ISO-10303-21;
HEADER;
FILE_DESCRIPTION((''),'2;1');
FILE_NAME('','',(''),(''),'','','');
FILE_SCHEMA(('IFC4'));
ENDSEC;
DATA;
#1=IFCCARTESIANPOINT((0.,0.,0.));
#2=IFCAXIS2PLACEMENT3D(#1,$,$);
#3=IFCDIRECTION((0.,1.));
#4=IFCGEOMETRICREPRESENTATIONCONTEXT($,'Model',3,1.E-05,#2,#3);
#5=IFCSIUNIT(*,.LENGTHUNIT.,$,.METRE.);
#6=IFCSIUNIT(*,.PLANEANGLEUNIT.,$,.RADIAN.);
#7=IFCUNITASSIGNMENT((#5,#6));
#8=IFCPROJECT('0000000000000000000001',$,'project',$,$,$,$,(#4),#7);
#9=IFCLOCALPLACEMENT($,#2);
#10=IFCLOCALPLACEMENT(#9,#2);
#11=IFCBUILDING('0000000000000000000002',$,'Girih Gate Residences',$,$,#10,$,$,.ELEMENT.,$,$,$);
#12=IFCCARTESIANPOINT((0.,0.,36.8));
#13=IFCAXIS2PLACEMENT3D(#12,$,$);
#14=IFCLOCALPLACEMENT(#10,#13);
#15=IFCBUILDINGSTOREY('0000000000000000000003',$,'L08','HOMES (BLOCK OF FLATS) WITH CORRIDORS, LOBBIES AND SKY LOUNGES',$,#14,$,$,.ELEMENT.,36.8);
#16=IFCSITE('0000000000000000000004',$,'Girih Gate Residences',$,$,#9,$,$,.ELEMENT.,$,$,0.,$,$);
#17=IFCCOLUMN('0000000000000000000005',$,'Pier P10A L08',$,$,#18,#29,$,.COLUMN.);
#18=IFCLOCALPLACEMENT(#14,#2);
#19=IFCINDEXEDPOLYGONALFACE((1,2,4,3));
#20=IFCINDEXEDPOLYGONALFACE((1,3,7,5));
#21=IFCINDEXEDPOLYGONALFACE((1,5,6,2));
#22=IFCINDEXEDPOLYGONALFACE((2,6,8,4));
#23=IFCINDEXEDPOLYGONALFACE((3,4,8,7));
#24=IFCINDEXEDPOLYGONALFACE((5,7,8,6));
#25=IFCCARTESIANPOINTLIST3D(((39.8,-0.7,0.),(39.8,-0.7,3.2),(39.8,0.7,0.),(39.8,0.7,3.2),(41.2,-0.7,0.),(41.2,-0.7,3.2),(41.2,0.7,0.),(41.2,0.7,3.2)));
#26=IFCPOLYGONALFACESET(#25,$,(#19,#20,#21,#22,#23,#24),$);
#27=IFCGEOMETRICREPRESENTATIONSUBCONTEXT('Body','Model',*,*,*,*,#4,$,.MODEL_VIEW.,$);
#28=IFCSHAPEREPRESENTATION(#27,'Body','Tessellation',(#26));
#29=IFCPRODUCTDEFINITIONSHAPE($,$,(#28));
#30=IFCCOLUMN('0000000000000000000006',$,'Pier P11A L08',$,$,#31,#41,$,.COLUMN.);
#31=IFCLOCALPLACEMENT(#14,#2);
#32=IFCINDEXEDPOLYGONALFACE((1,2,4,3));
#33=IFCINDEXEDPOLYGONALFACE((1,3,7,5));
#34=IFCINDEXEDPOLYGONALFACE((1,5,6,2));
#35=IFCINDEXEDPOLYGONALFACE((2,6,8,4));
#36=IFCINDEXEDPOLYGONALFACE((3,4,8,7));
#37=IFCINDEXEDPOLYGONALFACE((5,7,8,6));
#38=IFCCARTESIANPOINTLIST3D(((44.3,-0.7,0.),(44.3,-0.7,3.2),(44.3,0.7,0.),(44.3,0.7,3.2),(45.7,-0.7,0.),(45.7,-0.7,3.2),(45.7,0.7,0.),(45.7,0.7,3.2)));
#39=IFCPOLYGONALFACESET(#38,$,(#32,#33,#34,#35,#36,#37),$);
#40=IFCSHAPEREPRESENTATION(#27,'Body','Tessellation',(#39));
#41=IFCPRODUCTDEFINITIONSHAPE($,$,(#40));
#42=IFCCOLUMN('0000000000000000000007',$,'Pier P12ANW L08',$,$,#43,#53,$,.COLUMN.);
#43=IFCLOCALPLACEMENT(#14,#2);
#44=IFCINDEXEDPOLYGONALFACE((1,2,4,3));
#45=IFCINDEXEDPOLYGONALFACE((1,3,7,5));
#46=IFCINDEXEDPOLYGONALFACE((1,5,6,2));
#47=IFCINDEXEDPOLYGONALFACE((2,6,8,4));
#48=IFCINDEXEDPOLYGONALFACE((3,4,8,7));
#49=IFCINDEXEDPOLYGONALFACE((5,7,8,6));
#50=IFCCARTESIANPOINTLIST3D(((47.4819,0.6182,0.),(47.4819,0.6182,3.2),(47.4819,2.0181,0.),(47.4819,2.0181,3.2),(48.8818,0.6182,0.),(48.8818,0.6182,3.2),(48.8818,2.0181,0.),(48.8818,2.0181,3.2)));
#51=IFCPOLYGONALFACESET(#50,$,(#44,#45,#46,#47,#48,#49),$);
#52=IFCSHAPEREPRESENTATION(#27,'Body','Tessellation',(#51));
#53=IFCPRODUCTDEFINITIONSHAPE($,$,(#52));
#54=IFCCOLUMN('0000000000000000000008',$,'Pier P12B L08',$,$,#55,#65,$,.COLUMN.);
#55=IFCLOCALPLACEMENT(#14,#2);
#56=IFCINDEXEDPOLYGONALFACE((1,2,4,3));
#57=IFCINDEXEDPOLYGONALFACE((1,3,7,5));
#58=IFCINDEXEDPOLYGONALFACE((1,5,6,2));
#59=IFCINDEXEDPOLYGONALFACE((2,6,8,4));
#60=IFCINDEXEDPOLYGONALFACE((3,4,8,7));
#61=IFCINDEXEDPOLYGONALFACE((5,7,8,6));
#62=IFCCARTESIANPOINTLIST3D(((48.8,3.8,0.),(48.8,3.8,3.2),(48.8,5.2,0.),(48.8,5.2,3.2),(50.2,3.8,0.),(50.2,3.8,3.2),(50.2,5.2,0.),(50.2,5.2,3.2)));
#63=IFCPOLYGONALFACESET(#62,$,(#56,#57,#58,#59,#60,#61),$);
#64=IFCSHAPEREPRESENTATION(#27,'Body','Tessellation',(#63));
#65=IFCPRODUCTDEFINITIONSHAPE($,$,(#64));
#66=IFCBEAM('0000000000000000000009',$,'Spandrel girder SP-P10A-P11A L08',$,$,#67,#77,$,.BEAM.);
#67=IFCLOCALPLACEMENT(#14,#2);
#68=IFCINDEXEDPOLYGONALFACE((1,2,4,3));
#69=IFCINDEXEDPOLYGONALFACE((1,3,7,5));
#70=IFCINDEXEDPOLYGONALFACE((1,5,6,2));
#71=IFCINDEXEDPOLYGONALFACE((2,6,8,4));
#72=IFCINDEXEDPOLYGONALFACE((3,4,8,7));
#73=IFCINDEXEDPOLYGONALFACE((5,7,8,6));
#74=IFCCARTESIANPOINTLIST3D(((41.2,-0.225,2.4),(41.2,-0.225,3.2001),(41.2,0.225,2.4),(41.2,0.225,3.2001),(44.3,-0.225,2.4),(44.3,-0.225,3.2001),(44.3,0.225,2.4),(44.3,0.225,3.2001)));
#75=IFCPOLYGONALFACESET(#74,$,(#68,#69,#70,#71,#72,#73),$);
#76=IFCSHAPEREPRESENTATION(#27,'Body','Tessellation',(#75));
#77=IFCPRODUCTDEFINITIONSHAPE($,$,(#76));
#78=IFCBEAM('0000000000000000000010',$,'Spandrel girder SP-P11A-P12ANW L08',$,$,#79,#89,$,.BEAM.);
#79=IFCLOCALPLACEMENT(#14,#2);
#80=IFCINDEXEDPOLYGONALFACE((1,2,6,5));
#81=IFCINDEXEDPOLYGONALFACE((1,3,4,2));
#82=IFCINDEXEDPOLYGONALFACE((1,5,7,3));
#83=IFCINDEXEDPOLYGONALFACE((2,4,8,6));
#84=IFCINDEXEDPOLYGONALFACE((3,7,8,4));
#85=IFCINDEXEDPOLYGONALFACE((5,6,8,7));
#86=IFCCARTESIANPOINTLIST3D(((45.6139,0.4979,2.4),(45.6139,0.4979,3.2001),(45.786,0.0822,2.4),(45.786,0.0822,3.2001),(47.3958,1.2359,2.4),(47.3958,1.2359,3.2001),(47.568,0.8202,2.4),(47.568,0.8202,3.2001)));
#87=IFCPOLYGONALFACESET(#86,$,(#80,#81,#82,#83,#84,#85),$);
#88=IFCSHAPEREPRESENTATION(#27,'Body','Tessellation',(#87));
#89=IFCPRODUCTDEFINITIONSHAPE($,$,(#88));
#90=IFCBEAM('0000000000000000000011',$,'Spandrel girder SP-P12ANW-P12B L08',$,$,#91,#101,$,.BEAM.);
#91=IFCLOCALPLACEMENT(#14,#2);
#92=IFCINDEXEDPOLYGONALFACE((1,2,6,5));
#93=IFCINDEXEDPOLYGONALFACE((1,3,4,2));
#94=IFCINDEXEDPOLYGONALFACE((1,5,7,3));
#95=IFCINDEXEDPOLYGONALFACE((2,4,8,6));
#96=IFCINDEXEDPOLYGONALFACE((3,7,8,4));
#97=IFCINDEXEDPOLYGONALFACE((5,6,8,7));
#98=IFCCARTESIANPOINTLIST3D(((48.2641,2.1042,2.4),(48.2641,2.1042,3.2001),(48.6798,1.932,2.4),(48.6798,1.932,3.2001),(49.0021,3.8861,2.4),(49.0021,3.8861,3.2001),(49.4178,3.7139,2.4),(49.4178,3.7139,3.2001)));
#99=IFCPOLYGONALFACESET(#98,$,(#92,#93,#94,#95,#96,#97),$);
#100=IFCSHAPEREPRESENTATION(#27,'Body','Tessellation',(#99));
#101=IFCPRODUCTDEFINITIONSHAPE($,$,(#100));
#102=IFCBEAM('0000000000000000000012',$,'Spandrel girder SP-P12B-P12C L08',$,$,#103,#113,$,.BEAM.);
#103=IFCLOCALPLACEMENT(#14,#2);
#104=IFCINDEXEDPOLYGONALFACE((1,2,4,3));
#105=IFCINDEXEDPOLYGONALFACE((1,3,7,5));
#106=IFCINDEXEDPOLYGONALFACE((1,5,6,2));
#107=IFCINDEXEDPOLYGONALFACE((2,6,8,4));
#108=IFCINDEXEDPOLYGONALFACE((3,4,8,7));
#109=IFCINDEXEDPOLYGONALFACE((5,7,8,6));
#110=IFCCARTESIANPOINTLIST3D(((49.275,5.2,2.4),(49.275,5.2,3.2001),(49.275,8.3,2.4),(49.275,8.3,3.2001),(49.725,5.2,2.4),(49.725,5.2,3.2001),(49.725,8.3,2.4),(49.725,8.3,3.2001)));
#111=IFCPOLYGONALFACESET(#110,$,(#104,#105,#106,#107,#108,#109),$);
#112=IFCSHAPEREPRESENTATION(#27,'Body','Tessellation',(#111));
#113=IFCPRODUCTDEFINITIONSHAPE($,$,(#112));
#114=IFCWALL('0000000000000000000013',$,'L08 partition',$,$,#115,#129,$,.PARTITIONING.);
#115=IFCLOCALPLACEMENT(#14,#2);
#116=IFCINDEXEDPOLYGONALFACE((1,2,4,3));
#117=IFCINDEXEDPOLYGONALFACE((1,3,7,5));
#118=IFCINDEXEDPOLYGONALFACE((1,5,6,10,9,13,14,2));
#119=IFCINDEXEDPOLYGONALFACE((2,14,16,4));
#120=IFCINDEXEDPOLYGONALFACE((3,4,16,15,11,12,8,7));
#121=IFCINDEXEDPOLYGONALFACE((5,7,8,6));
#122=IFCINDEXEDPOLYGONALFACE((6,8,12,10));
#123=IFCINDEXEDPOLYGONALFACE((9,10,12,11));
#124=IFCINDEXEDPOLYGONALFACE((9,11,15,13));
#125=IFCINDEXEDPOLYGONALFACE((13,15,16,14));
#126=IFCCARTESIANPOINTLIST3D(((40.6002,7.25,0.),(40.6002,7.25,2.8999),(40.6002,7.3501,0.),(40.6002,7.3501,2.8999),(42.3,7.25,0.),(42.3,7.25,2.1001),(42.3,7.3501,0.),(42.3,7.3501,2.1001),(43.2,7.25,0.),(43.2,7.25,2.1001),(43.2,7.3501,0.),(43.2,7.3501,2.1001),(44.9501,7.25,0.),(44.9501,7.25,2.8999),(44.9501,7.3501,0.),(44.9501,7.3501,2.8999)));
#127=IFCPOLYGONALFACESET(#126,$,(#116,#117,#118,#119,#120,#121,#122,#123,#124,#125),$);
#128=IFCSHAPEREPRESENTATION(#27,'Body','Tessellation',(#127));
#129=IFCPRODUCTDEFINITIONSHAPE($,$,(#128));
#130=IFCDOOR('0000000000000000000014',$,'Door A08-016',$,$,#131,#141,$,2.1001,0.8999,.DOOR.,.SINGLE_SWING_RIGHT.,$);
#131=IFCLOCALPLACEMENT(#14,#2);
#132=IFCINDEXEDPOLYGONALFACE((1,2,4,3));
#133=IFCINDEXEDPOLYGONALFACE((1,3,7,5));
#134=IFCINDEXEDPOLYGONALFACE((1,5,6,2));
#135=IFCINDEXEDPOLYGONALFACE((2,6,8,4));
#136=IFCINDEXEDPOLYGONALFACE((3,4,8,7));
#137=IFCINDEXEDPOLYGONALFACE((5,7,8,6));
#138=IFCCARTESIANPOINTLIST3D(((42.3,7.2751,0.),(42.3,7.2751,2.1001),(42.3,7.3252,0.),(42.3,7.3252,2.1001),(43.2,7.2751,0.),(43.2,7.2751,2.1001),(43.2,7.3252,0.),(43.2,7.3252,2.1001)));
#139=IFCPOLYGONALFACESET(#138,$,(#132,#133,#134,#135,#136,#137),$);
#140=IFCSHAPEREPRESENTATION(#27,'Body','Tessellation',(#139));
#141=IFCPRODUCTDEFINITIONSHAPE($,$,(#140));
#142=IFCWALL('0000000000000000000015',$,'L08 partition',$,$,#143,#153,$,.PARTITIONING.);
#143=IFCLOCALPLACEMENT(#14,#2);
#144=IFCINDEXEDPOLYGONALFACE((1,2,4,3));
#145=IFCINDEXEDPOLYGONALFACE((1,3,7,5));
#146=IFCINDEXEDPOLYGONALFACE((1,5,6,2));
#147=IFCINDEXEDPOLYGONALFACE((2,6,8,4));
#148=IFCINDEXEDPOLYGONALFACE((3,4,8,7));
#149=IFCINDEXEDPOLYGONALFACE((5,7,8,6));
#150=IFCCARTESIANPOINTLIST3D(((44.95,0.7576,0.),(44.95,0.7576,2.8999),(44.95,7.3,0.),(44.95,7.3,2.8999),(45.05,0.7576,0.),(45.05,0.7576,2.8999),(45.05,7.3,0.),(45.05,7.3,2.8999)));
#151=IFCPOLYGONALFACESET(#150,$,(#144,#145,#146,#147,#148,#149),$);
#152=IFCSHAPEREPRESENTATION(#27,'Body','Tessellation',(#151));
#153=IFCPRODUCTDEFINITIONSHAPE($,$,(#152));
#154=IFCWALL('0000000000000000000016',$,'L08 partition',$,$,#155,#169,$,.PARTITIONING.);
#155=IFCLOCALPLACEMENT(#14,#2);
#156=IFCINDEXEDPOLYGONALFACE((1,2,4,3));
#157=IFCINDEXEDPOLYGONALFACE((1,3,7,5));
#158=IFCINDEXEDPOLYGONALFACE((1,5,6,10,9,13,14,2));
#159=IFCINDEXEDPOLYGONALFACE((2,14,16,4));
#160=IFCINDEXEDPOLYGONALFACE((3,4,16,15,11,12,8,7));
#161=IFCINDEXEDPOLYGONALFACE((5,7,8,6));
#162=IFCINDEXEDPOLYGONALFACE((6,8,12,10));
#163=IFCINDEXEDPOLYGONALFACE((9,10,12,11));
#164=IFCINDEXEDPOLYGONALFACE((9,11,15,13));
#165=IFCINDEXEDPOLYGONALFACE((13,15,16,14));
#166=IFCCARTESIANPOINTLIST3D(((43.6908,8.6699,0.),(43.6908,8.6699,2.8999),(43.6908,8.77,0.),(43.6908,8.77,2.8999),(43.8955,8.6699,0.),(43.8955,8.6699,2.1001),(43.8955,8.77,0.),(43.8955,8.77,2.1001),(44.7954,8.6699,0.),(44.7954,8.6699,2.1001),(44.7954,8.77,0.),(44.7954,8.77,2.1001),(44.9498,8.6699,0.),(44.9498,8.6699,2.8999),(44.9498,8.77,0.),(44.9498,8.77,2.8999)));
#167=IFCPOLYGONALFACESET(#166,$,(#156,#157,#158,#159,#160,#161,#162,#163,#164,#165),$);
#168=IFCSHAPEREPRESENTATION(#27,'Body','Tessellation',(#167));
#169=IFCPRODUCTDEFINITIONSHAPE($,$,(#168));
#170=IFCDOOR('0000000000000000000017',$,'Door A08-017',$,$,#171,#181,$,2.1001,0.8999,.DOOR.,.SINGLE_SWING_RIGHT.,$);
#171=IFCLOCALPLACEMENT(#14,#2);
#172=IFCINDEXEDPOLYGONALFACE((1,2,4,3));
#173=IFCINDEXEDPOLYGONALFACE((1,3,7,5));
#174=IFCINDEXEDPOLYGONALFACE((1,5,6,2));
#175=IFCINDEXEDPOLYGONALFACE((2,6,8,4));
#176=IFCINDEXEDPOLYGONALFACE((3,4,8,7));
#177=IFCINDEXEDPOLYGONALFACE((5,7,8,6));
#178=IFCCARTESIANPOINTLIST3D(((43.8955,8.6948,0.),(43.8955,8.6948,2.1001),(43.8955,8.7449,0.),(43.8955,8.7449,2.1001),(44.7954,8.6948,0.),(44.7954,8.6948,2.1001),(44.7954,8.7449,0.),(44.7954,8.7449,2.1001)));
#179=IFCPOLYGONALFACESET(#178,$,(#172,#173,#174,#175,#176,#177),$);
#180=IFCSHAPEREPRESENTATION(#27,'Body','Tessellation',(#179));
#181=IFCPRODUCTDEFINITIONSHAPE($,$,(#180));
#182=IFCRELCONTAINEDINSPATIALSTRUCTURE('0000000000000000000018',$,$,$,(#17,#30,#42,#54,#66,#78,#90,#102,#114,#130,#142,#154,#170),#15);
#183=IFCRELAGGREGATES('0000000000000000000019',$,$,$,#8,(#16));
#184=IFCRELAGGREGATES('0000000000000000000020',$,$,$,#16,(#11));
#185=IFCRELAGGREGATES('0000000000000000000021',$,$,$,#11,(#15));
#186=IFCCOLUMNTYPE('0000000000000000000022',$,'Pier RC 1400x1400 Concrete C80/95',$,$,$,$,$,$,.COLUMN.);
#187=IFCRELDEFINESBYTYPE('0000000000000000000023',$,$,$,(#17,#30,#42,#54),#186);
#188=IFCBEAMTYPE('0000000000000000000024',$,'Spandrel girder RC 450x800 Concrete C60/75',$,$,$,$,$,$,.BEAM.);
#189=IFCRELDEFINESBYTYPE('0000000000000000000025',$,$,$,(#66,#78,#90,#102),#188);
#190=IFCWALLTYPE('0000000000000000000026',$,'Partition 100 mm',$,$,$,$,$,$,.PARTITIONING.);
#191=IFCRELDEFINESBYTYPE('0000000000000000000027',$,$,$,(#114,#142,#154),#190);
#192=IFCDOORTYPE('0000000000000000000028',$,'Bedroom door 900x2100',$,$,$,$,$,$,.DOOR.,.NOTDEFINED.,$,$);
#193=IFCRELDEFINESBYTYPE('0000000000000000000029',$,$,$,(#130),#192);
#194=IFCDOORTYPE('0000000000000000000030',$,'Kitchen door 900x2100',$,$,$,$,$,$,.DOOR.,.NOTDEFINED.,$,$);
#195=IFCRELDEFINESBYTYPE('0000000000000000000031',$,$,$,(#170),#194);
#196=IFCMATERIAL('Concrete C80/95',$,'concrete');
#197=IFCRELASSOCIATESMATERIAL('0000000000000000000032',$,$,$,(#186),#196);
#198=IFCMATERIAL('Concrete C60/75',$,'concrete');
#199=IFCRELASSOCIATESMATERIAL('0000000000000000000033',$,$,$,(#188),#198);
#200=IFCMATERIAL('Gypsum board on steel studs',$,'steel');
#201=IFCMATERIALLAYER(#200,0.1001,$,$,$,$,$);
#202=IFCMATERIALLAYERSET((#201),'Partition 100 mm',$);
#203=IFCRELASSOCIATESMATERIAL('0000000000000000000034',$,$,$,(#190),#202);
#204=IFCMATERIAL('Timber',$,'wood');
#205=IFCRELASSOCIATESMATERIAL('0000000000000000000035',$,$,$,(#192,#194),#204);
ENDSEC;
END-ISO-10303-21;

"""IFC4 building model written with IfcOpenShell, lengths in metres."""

from ifc_helpers import new_model, si_unit, direction, frame, frame_2d, origin, origin_2d, place, context, subcontext, project, spatial, rectangle, extrude, material, layer, layer_set, material_profile, profile_set, type_object, element, fill, save


model = new_model("IFC4")

# Units and contexts
model_context = context("Model", 3, precision=1e-05, world=origin(), true_north=direction((0.0, 1.0)))
body_context = subcontext(model_context, "Body", "Model", "MODEL_VIEW")
ifc_project = project(units=[si_unit("LENGTHUNIT", "METRE"), si_unit("PLANEANGLEUNIT", "RADIAN")], contexts=[model_context])

# Site, building, storey
site_placement = place(None, origin())
site = spatial("IfcSite", under=ifc_project, at=site_placement, Name="Girih Gate Residences", CompositionType="ELEMENT", RefElevation=0.0)
building_placement = place(site_placement, origin())
building = spatial("IfcBuilding", under=site, at=building_placement, Name="Girih Gate Residences", CompositionType="ELEMENT")
storey_placement = place(building_placement, frame((0.0, 0.0, 36.8)))
storey = spatial("IfcBuildingStorey", under=building, at=storey_placement, Name="L08", Description="HOMES (BLOCK OF FLATS) WITH CORRIDORS, LOBBIES AND SKY LOUNGES", CompositionType="ELEMENT", Elevation=36.8)

# Columns
ifc_material_1 = material(Name="Concrete C80/95", Category="concrete")
ifc_material_profile_1 = material_profile(ifc_material_1, rectangle(XDim=1.3999, YDim=1.3999, at=origin_2d()))
ifc_profile_set_1 = profile_set([ifc_material_profile_1], Name="Concrete C80/95")
column_type = type_object("IfcColumnType", Name="Pier RC 1400x1400 Concrete C80/95", PredefinedType="COLUMN", material=ifc_profile_set_1)
for number, where, z_axis, x_axis, name in (
    (1, (40.5, 0.0, 0.0), (0.0, 0.0, 1.0), (1.0, 0.0, 0.0), "Pier P10A L08"),
    (2, (45.0, 0.0, 0.0), (0.0, 0.0, 1.0), (1.0, 0.0, 0.0), "Pier P11A L08"),
    (3, (48.1819, 1.3181, 0.0), (0.0, 0.0, 1.0), (1.0, 0.0, 0.0), "Pier P12ANW L08"),
    (4, (49.5, 4.5, 0.0), (0.0, 0.0, 1.0), (1.0, 0.0, 0.0), "Pier P12B L08"),
):
    element("IfcColumn", number, at=place(storey_placement, frame(where, z_axis=z_axis, x_axis=x_axis)), inside=storey, type_object=column_type, Name=name, PredefinedType="COLUMN", context=body_context, shape_type="SweptSolid", body=[
        extrude(rectangle(XDim=1.3999, YDim=1.3999, at=origin_2d()), origin(), (0.0, 0.0, 1.0), 3.2),
    ])

# Beams
ifc_material_2 = material(Name="Concrete C60/75", Category="concrete")
ifc_material_profile_2 = material_profile(ifc_material_2, rectangle(XDim=0.45, YDim=0.8, at=origin_2d()))
ifc_profile_set_2 = profile_set([ifc_material_profile_2], Name="Concrete C60/75")
beam_type = type_object("IfcBeamType", Name="Spandrel girder RC 450x800 Concrete C60/75", PredefinedType="BEAM", material=ifc_profile_set_2)
beam_1_placement = place(storey_placement, frame((41.2, 0.0, 2.8), z_axis=(1.0, 0.0, 0.0), x_axis=(0.0, 1.0, 0.0)))
element("IfcBeam", 5, at=beam_1_placement, inside=storey, type_object=beam_type, Name="Spandrel girder SP-P10A-P11A L08", PredefinedType="BEAM", context=body_context, shape_type="SweptSolid", body=[
    extrude(rectangle(XDim=0.45, YDim=0.8, at=origin_2d()), origin(), (0.0, 0.0, 1.0), 3.1001),
])
for number, where, z_axis, x_axis, name in (
    (6, (45.7, 0.29, 2.8), (0.923895, 0.382646, 0.0), (-0.382646, 0.923895, 0.0), "Spandrel girder SP-P11A-P12ANW L08"),
    (7, (48.4719, 2.0181, 2.8), (0.382646, 0.923895, 0.0), (-0.923895, 0.382646, 0.0), "Spandrel girder SP-P12ANW-P12B L08"),
):
    element("IfcBeam", number, at=place(storey_placement, frame(where, z_axis=z_axis, x_axis=x_axis)), inside=storey, type_object=beam_type, Name=name, PredefinedType="BEAM", context=body_context, shape_type="SweptSolid", body=[
        extrude(rectangle(XDim=0.45, YDim=0.8, at=origin_2d()), origin(), (0.0, 0.0, 1.0), 1.9287),
    ])
beam_2_placement = place(storey_placement, frame((49.5, 5.2, 2.8), z_axis=(0.0, 1.0, 0.0), x_axis=(-1.0, 0.0, 0.0)))
element("IfcBeam", 8, at=beam_2_placement, inside=storey, type_object=beam_type, Name="Spandrel girder SP-P12B-P12C L08", PredefinedType="BEAM", context=body_context, shape_type="SweptSolid", body=[
    extrude(rectangle(XDim=0.45, YDim=0.8, at=origin_2d()), origin(), (0.0, 0.0, 1.0), 3.1001),
])

# Wall, opening, door
ifc_material_3 = material(Name="Gypsum board on steel studs", Category="steel")
ifc_layer_1 = layer(ifc_material_3, 0.1001)
ifc_layer_set_1 = layer_set([ifc_layer_1], Name="Partition 100 mm")
wall_type_1 = type_object("IfcWallType", Name="Partition 100 mm", PredefinedType="PARTITIONING", material=ifc_layer_set_1)
wall_1_placement = place(storey_placement, frame((44.95, 7.3, 0.0), z_axis=(0.0, 0.0, 1.0), x_axis=(-1.0, 0.0, 0.0)))
wall_1 = element("IfcWall", 9, at=wall_1_placement, inside=storey, type_object=wall_type_1, Name="L08 partition", PredefinedType="PARTITIONING", context=body_context, shape_type="SweptSolid", body=[
    extrude(rectangle(XDim=4.3499, YDim=0.1001, at=frame_2d((2.1748, 0.0))), origin(), (0.0, 0.0, 1.0), 2.8999),
])
opening_1_placement = place(wall_1_placement, frame((1.75, 0.0, 0.0)))
opening_1 = element("IfcOpeningElement", 10, at=opening_1_placement, cuts=wall_1, PredefinedType="OPENING", context=body_context, shape_type="SweptSolid", body=[
    extrude(rectangle(XDim=0.8999, YDim=2.1001, at=frame_2d((0.45, 1.05))), frame((0.0, 0.0601, 0.0), z_axis=(0.0, -1.0, 0.0), x_axis=(1.0, 0.0, 0.0)), (0.0, 0.0, 1.0), 0.1201),
])
ifc_material_4 = material(Name="Timber", Category="wood")
door_type_1 = type_object("IfcDoorType", Name="Bedroom door 900x2100", OperationType="NOTDEFINED", PredefinedType="DOOR", material=ifc_material_4)
door_1_placement = place(opening_1_placement, origin())
door_1 = element("IfcDoor", 11, at=door_1_placement, inside=storey, type_object=door_type_1, Name="Door A08-016", OperationType="SINGLE_SWING_RIGHT", OverallHeight=2.1001, OverallWidth=0.8999, PredefinedType="DOOR", context=body_context, shape_type="SweptSolid", body=[
    extrude(rectangle(XDim=0.8999, YDim=2.1001, at=frame_2d((0.45, 1.05))), frame((0.0, 0.0249, 0.0), z_axis=(0.0, -1.0, 0.0), x_axis=(1.0, 0.0, 0.0)), (0.0, 0.0, 1.0), 0.05),
])
fill(opening_1, door_1)

# Wall
wall_2_placement = place(storey_placement, frame((45.0, 0.7576, 0.0), z_axis=(0.0, 0.0, 1.0), x_axis=(0.0, 1.0, 0.0)))
element("IfcWall", 12, at=wall_2_placement, inside=storey, type_object=wall_type_1, Name="L08 partition", PredefinedType="PARTITIONING", context=body_context, shape_type="SweptSolid", body=[
    extrude(rectangle(XDim=6.5425, YDim=0.1001, at=frame_2d((3.2712, 0.0))), origin(), (0.0, 0.0, 1.0), 2.8999),
])

# Wall, opening, door
wall_3_placement = place(storey_placement, frame((43.6909, 8.72, 0.0), z_axis=(0.0, 0.0, 1.0), x_axis=(1.0, 0.0, 0.0)))
wall_3 = element("IfcWall", 13, at=wall_3_placement, inside=storey, type_object=wall_type_1, Name="L08 partition", PredefinedType="PARTITIONING", context=body_context, shape_type="SweptSolid", body=[
    extrude(rectangle(XDim=1.259, YDim=0.1001, at=frame_2d((0.6294, 0.0))), origin(), (0.0, 0.0, 1.0), 2.8999),
])
opening_2_placement = place(wall_3_placement, frame((0.2046, 0.0, 0.0)))
opening_2 = element("IfcOpeningElement", 14, at=opening_2_placement, cuts=wall_3, PredefinedType="OPENING", context=body_context, shape_type="SweptSolid", body=[
    extrude(rectangle(XDim=0.8999, YDim=2.1001, at=frame_2d((0.45, 1.05))), frame((0.0, 0.0601, 0.0), z_axis=(0.0, -1.0, 0.0), x_axis=(1.0, 0.0, 0.0)), (0.0, 0.0, 1.0), 0.1201),
])
door_type_2 = type_object("IfcDoorType", Name="Kitchen door 900x2100", OperationType="NOTDEFINED", PredefinedType="DOOR", material=ifc_material_4)
door_2_placement = place(opening_2_placement, origin())
door_2 = element("IfcDoor", 15, at=door_2_placement, inside=storey, type_object=door_type_2, Name="Door A08-017", OperationType="SINGLE_SWING_RIGHT", OverallHeight=2.1001, OverallWidth=0.8999, PredefinedType="DOOR", context=body_context, shape_type="SweptSolid", body=[
    extrude(rectangle(XDim=0.8999, YDim=2.1001, at=frame_2d((0.45, 1.05))), frame((0.0, 0.0249, 0.0), z_axis=(0.0, -1.0, 0.0), x_axis=(1.0, 0.0, 0.0)), (0.0, 0.0, 1.0), 0.05),
])
fill(opening_2, door_2)

save(model, "model.ifc")
